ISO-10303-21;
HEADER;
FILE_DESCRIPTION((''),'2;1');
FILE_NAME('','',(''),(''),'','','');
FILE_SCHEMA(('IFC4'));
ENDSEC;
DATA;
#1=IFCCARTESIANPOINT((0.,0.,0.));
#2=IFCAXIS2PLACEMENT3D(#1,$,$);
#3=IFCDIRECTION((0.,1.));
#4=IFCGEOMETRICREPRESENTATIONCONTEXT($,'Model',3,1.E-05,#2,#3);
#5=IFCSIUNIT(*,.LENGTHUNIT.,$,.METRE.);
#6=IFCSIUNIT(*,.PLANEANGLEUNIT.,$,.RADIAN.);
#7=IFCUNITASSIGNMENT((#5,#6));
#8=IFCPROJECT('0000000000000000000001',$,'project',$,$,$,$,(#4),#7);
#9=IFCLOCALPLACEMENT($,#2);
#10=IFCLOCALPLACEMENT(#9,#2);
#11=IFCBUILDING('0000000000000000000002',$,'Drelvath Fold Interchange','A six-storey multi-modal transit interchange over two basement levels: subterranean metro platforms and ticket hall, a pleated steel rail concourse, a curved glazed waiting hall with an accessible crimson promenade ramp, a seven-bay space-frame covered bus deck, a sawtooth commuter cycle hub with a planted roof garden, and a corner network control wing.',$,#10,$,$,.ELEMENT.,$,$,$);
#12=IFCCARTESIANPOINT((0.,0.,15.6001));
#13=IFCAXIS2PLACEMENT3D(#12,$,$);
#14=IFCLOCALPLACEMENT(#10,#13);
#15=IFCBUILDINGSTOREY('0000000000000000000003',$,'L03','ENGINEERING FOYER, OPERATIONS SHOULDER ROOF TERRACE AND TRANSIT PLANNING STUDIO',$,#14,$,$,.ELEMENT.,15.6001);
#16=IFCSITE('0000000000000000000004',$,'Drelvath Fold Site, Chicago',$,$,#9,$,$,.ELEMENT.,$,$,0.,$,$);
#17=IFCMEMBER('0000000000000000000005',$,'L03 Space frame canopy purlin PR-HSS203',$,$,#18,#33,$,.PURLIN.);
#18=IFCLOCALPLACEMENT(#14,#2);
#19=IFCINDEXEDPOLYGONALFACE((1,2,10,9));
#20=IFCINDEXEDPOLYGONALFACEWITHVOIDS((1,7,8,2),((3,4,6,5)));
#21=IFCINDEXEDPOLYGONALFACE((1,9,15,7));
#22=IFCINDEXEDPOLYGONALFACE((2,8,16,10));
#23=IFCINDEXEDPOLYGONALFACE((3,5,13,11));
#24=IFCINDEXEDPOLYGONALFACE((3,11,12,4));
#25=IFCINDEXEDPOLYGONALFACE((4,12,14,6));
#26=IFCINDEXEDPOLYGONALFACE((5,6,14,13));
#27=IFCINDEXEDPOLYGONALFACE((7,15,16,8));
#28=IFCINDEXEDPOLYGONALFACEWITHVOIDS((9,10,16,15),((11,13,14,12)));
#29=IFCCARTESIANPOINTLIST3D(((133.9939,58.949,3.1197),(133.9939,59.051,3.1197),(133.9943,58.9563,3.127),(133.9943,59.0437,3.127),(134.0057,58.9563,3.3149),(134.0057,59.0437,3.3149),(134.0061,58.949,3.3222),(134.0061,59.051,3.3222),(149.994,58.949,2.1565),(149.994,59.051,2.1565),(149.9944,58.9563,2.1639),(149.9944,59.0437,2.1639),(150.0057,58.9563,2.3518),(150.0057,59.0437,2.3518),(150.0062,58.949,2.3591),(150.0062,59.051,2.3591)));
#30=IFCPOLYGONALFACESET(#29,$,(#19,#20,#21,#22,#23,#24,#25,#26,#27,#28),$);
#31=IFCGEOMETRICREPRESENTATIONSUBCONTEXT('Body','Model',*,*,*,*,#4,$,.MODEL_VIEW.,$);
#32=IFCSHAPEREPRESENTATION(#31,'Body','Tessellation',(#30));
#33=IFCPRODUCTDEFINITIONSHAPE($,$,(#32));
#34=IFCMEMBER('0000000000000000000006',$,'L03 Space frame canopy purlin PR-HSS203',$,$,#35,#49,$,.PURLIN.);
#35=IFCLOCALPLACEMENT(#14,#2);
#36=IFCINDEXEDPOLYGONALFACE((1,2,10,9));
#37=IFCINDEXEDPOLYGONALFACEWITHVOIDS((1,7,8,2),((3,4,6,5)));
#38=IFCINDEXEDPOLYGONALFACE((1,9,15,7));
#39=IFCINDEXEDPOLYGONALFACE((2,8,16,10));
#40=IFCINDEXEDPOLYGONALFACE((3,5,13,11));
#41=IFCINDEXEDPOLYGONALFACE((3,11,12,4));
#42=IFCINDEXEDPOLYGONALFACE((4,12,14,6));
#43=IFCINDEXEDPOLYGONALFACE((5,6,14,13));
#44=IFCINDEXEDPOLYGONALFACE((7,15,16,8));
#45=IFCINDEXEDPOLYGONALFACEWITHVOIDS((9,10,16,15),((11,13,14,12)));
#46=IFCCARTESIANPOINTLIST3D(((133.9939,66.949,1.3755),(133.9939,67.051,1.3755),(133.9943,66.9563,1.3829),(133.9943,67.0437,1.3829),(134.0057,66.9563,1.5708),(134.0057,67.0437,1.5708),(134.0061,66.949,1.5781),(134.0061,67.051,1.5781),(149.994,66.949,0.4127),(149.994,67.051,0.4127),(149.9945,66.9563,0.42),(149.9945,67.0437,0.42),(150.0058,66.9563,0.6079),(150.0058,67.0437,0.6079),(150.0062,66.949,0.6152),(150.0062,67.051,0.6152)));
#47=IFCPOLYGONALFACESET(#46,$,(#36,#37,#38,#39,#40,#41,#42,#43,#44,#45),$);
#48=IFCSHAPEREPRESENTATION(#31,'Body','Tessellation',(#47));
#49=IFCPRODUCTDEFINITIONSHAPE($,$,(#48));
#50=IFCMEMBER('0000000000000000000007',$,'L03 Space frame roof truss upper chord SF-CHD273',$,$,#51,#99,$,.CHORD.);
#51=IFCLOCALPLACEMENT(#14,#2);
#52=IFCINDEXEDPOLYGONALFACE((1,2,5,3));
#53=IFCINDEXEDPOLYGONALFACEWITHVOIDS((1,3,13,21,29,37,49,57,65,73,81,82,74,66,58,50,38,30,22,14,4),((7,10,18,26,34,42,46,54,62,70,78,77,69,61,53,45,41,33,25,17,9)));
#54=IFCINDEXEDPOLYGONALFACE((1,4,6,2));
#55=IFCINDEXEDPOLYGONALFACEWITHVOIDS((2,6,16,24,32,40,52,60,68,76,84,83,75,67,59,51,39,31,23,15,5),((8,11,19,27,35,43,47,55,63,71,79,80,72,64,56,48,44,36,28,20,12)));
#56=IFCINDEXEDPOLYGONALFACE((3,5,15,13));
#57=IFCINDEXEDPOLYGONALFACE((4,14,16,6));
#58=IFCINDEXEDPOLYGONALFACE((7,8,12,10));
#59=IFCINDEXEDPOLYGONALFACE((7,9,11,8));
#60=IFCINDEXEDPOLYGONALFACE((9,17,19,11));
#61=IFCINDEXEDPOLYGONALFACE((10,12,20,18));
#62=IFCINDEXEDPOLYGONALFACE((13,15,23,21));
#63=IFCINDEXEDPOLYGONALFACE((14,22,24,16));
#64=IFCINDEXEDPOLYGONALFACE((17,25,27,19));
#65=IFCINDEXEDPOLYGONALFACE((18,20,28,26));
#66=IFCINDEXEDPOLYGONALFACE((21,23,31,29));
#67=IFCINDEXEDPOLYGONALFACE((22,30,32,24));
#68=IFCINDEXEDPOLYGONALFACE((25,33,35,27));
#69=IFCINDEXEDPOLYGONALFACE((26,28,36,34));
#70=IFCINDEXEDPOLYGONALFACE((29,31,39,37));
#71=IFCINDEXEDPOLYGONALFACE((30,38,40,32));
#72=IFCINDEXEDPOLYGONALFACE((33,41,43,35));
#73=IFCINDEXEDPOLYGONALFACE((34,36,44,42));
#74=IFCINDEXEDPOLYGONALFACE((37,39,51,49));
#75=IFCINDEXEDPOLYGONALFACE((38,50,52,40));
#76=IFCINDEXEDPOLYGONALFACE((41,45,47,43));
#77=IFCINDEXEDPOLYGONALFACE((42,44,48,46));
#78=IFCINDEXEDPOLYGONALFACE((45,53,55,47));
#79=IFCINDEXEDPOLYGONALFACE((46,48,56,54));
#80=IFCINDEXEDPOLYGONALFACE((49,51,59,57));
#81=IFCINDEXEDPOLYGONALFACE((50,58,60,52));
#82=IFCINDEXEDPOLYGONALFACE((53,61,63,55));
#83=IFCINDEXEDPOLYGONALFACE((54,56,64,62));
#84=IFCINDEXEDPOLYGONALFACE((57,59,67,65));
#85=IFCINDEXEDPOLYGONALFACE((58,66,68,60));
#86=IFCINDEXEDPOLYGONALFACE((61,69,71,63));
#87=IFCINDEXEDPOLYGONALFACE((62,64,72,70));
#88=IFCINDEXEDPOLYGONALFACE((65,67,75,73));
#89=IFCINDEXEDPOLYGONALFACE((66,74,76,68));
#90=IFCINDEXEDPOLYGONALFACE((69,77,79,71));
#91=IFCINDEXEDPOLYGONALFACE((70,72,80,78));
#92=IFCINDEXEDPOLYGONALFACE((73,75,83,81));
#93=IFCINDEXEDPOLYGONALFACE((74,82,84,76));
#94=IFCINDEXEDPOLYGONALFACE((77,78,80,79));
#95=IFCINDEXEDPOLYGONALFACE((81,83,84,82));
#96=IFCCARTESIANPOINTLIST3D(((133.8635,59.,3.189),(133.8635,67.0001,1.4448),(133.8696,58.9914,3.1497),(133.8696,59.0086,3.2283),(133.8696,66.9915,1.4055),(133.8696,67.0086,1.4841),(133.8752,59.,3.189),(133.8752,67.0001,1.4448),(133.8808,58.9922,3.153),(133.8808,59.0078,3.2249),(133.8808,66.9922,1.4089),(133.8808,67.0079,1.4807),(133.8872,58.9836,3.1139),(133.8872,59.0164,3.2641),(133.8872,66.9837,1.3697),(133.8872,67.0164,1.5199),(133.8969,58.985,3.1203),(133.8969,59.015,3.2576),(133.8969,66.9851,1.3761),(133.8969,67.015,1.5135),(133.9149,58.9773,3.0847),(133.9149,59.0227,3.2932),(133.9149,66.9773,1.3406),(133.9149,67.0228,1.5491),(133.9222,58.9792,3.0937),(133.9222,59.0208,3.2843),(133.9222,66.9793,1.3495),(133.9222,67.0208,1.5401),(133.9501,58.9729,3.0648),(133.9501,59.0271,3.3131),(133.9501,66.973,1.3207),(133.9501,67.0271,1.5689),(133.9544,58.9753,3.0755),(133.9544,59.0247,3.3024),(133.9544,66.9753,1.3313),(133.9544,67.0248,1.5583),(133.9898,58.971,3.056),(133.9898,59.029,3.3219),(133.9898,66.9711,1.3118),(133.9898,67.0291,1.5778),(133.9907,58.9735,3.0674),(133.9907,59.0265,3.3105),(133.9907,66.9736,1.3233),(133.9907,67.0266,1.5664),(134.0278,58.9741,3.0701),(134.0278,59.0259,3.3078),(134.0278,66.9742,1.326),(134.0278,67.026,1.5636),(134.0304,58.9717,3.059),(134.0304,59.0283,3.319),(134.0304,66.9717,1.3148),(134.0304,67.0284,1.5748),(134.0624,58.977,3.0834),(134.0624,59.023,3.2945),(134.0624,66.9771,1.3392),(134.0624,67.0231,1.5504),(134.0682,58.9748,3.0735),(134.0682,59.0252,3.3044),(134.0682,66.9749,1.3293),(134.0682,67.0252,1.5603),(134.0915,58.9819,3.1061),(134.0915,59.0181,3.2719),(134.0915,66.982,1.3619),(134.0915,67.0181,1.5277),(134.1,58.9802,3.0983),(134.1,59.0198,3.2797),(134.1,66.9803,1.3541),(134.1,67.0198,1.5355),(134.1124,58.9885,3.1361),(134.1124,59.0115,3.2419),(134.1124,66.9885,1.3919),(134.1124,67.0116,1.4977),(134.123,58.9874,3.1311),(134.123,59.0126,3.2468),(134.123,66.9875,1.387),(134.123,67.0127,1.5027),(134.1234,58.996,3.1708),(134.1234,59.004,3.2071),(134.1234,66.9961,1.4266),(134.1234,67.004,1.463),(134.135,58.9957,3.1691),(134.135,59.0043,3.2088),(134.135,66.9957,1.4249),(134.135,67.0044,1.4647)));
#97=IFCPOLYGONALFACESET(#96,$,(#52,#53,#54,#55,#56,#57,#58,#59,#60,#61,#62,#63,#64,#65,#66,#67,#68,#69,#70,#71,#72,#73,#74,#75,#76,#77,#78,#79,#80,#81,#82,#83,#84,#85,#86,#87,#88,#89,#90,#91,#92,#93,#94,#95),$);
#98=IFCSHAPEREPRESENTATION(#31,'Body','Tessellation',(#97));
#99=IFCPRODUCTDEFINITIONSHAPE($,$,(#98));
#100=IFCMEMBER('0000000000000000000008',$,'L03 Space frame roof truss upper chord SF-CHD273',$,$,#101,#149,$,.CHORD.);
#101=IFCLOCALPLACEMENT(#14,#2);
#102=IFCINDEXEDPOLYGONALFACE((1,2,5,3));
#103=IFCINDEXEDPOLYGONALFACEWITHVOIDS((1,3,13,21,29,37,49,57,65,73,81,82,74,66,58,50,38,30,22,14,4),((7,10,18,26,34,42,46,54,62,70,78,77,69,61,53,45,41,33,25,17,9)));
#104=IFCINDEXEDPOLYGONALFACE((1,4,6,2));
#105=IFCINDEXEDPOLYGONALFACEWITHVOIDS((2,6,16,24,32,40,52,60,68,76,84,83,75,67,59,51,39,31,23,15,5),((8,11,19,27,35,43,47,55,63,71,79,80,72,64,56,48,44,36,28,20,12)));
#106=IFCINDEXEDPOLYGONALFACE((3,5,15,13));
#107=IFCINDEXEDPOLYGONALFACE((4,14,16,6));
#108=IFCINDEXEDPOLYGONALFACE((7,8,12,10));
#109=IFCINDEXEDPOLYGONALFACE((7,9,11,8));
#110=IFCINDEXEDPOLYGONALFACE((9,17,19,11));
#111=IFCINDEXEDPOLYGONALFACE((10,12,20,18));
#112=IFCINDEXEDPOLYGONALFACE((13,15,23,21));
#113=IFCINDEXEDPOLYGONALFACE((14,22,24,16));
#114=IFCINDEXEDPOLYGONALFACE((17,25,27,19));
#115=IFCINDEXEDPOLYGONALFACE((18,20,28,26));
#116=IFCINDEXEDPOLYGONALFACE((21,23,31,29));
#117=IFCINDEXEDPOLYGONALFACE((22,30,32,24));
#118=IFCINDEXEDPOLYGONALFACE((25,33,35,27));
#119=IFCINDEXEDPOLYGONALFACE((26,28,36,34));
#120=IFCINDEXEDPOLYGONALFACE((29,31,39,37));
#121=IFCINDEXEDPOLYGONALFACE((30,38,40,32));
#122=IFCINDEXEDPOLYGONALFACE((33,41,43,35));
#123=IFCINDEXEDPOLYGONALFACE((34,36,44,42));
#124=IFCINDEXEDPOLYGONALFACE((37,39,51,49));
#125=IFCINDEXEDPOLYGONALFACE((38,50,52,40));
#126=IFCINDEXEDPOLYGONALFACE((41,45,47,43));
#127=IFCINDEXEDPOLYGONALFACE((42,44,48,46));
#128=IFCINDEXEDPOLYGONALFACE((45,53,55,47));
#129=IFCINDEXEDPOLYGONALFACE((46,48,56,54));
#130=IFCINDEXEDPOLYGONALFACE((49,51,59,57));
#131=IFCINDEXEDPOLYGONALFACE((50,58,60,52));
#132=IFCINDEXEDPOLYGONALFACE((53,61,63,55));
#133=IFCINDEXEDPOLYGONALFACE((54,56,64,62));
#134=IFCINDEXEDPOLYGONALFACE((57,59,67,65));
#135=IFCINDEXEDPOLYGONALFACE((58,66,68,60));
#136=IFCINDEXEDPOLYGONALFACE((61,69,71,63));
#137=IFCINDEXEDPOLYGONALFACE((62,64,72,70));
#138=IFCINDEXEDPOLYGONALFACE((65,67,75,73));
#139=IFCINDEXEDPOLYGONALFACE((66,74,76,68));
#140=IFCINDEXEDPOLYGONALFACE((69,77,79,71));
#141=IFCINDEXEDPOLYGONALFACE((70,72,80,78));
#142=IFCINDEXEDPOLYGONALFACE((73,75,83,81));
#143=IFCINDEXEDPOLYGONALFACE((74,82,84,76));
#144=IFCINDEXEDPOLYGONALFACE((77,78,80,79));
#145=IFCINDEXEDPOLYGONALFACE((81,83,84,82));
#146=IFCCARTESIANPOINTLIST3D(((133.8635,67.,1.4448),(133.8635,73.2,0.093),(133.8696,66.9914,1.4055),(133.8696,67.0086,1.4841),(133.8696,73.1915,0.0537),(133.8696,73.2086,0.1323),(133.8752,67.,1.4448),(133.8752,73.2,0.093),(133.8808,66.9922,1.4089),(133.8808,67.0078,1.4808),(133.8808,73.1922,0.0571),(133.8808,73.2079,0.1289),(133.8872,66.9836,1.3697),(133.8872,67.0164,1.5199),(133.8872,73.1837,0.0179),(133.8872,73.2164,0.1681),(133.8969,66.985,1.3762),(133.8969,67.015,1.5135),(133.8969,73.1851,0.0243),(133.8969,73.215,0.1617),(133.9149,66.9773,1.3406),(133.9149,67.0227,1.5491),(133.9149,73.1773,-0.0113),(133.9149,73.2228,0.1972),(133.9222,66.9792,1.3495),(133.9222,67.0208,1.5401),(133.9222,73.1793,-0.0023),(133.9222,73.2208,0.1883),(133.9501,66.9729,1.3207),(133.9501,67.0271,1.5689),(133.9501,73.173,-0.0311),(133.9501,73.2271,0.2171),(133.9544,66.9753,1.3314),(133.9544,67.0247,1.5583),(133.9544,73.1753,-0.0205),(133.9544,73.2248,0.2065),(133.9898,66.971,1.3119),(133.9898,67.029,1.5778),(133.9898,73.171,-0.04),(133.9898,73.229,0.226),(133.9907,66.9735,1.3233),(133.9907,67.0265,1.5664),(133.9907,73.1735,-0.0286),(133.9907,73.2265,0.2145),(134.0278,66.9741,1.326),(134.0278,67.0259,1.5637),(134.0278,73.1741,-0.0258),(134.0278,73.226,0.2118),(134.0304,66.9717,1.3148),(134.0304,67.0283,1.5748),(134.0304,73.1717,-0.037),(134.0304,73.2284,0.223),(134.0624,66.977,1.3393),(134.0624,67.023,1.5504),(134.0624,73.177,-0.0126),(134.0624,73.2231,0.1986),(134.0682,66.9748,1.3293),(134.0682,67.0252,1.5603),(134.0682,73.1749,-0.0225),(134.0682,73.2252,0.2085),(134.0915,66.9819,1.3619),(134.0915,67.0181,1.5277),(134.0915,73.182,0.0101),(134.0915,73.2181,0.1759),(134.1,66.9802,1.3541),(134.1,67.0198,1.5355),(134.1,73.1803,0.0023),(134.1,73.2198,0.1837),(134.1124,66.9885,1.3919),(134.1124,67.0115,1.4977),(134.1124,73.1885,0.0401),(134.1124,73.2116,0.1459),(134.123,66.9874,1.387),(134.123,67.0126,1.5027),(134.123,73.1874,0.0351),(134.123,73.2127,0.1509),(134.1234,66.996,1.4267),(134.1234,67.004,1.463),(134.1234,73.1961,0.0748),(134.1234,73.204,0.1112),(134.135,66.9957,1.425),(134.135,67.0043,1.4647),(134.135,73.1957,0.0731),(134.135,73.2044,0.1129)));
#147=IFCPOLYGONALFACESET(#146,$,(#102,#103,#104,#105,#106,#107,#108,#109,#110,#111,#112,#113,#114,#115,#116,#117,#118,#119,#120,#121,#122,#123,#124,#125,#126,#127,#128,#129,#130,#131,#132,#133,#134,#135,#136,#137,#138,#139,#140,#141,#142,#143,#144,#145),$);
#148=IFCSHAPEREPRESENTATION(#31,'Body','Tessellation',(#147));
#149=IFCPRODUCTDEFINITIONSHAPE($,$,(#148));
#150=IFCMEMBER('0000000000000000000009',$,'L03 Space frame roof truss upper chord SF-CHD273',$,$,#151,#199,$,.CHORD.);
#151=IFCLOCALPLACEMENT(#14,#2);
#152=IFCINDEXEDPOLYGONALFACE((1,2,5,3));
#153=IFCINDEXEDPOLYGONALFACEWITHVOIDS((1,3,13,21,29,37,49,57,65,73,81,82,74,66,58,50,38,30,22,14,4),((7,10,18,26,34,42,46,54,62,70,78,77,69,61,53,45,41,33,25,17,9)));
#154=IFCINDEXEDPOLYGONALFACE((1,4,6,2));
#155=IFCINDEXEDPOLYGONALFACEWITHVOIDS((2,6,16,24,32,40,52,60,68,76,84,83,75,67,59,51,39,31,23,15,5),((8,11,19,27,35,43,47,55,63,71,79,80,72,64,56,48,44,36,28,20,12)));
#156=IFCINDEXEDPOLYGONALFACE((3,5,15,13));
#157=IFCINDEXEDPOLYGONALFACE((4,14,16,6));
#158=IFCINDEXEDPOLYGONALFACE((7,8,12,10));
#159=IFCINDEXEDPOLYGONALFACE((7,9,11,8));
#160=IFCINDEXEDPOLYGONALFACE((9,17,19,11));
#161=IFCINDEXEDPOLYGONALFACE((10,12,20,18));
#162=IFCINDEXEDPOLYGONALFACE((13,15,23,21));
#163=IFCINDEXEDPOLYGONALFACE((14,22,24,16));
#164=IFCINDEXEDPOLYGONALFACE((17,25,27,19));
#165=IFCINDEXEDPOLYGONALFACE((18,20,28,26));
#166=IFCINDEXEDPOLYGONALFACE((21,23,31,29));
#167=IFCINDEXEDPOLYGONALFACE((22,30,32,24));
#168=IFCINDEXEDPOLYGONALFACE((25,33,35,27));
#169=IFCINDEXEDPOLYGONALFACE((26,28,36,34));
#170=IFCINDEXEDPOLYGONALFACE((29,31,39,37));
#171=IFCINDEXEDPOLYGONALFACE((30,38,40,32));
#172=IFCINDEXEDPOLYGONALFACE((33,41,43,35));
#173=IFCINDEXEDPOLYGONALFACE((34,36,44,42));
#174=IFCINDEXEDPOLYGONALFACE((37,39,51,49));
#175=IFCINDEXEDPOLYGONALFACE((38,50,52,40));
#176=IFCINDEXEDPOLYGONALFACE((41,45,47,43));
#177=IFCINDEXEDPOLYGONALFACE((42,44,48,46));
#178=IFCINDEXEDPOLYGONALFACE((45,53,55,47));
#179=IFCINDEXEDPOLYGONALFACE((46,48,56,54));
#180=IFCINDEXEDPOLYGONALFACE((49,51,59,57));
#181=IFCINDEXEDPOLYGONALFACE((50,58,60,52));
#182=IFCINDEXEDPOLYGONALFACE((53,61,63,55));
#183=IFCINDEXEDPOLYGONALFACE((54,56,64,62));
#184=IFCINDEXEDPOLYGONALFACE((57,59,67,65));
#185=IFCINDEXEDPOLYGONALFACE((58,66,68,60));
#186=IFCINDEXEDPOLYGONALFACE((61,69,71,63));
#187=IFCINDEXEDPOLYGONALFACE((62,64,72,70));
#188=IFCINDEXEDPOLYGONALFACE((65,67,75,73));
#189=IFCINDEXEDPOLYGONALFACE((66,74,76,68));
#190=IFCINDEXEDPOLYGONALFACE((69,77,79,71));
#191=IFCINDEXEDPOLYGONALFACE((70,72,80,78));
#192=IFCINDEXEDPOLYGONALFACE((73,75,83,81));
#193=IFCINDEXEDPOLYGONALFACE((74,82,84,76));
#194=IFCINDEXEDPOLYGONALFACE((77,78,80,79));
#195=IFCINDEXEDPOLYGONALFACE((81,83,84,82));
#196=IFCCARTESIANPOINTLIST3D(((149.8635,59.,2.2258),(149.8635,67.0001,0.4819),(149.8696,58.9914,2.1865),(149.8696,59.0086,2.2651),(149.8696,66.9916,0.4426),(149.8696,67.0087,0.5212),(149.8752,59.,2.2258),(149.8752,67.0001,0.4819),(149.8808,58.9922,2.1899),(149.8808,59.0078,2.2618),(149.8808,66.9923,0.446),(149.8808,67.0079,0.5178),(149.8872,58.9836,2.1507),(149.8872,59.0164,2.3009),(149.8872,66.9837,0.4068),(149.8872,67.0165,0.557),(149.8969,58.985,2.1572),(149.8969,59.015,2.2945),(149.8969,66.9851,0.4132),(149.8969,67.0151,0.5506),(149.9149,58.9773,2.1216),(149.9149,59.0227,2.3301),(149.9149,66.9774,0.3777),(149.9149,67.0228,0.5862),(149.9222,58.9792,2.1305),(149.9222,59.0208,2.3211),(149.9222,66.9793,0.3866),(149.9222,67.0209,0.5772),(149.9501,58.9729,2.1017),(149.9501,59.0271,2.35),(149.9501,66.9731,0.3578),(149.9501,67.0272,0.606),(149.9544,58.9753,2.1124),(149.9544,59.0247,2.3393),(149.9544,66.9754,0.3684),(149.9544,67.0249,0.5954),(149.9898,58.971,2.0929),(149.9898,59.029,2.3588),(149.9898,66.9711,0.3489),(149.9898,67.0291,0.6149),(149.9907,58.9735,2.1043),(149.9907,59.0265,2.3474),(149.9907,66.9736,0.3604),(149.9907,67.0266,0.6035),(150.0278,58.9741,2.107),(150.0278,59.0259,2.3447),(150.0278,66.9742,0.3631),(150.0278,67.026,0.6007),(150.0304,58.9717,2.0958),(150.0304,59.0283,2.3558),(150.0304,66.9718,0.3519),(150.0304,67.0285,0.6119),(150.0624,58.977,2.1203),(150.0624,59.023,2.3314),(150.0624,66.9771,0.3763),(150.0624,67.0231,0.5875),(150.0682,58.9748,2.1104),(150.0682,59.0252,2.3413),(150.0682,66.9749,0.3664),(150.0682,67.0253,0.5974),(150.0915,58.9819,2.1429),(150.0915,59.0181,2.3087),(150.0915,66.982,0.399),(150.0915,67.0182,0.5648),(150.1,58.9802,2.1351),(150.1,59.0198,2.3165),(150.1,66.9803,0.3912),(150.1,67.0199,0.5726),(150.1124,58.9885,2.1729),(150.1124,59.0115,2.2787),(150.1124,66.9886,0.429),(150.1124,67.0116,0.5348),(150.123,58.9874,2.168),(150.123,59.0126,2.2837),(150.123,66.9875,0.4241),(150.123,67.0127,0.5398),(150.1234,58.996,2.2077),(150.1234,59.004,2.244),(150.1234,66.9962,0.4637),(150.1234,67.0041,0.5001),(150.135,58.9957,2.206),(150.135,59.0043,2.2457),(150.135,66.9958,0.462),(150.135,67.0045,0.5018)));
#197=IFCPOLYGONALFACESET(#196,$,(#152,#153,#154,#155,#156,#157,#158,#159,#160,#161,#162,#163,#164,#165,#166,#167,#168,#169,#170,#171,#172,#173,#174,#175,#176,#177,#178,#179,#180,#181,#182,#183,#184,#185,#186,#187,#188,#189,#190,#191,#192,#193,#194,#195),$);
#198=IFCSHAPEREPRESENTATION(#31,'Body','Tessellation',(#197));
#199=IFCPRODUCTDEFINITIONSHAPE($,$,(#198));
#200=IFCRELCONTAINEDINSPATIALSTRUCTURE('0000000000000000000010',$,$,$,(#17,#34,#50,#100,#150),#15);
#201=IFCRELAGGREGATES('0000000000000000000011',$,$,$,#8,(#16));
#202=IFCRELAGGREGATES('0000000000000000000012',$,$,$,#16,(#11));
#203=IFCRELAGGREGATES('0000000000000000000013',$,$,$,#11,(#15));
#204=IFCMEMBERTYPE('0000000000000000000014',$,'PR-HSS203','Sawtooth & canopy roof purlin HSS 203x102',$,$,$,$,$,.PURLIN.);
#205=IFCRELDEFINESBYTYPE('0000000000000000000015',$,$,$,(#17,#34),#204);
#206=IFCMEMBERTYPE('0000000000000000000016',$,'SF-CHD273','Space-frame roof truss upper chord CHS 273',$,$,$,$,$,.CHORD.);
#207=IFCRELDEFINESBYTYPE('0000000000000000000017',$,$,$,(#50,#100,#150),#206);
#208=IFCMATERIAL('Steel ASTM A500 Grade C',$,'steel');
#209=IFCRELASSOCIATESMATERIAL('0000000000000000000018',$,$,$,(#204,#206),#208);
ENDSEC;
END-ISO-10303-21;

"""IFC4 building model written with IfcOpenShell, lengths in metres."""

from ifc_helpers import new_model, si_unit, direction, frame, origin, origin_2d, place, context, subcontext, project, spatial, hollow_rectangle, hollow_circle, extrude, material, material_profile, profile_set, type_object, element, save


model = new_model("IFC4")

# Units and contexts
model_context = context("Model", 3, precision=1e-05, world=origin(), true_north=direction((0.0, 1.0)))
body_context = subcontext(model_context, "Body", "Model", "MODEL_VIEW")
ifc_project = project(units=[si_unit("LENGTHUNIT", "METRE"), si_unit("PLANEANGLEUNIT", "RADIAN")], contexts=[model_context])

# Site, building, storey
site_placement = place(None, origin())
site = spatial("IfcSite", under=ifc_project, at=site_placement, Name="Drelvath Fold Site, Chicago", CompositionType="ELEMENT", RefElevation=0.0)
building_placement = place(site_placement, origin())
building = spatial("IfcBuilding", under=site, at=building_placement, Name="Drelvath Fold Interchange", Description="A six-storey multi-modal transit interchange over two basement levels: subterranean metro platforms and ticket hall, a pleated steel rail concourse, a curved glazed waiting hall with an accessible crimson promenade ramp, a seven-bay space-frame covered bus deck, a sawtooth commuter cycle hub with a planted roof garden, and a corner network control wing.", CompositionType="ELEMENT")
storey_placement = place(building_placement, frame((0.0, 0.0, 15.6001)))
storey = spatial("IfcBuildingStorey", under=building, at=storey_placement, Name="L03", Description="ENGINEERING FOYER, OPERATIONS SHOULDER ROOF TERRACE AND TRANSIT PLANNING STUDIO", CompositionType="ELEMENT", Elevation=15.6001)

# Members
ifc_material_1 = material(Name="Steel ASTM A500 Grade C", Category="steel")
ifc_material_profile_1 = material_profile(ifc_material_1, hollow_rectangle(XDim=0.1021, YDim=0.2029, WallThickness=0.0073, at=origin_2d()), Name="HSS8X4X5/16")
ifc_profile_set_1 = profile_set([ifc_material_profile_1], Name="Steel ASTM A500 Grade C")
member_type_1 = type_object("IfcMemberType", Name="PR-HSS203", Description="Sawtooth & canopy roof purlin HSS 203x102", PredefinedType="PURLIN", material=ifc_profile_set_1)
for number, where, z_axis, x_axis, name in (
    (1, (134.0, 59.0, 3.2209), (0.998193, 0.0, -0.060087), (0.0, 1.0, 0.0), "L03 Space frame canopy purlin PR-HSS203"),
    (2, (134.0, 67.0, 1.4768), (0.998194, 0.0, -0.060072), (0.0, 1.0, 0.0), "L03 Space frame canopy purlin PR-HSS203"),
):
    element("IfcMember", number, at=place(storey_placement, frame(where, z_axis=z_axis, x_axis=x_axis)), inside=storey, type_object=member_type_1, Name=name, PredefinedType="PURLIN", context=body_context, shape_type="SweptSolid", body=[
        extrude(hollow_rectangle(XDim=0.1021, YDim=0.2029, WallThickness=0.0073, at=origin_2d()), origin(), (0.0, 0.0, 1.0), 16.0291),
    ])
ifc_material_profile_2 = material_profile(ifc_material_1, hollow_circle(Radius=0.1365, WallThickness=0.0117, at=origin_2d()), Name="HSS10.750X0.500")
ifc_profile_set_2 = profile_set([ifc_material_profile_2], Name="Steel ASTM A500 Grade C")
member_type_2 = type_object("IfcMemberType", Name="SF-CHD273", Description="Space-frame roof truss upper chord CHS 273", PredefinedType="CHORD", material=ifc_profile_set_2)
member_1_placement = place(storey_placement, frame((134.0, 59.0, 3.189), z_axis=(0.0, 0.977049, -0.213014), x_axis=(-1.0, 0.0, 0.0)))
element("IfcMember", 3, at=member_1_placement, inside=storey, type_object=member_type_2, Name="L03 Space frame roof truss upper chord SF-CHD273", PredefinedType="CHORD", context=body_context, shape_type="SweptSolid", body=[
    extrude(hollow_circle(Radius=0.1365, WallThickness=0.0117, at=origin_2d()), origin(), (0.0, 0.0, 1.0), 8.188),
])
member_2_placement = place(storey_placement, frame((134.0, 67.0, 1.4448), z_axis=(0.0, 0.977046, -0.21303), x_axis=(-1.0, 0.0, 0.0)))
element("IfcMember", 4, at=member_2_placement, inside=storey, type_object=member_type_2, Name="L03 Space frame roof truss upper chord SF-CHD273", PredefinedType="CHORD", context=body_context, shape_type="SweptSolid", body=[
    extrude(hollow_circle(Radius=0.1365, WallThickness=0.0117, at=origin_2d()), origin(), (0.0, 0.0, 1.0), 6.3457),
])
member_3_placement = place(storey_placement, frame((150.0, 59.0, 2.2258), z_axis=(0.0, 0.977055, -0.212985), x_axis=(-1.0, 0.0, 0.0)))
element("IfcMember", 5, at=member_3_placement, inside=storey, type_object=member_type_2, Name="L03 Space frame roof truss upper chord SF-CHD273", PredefinedType="CHORD", context=body_context, shape_type="SweptSolid", body=[
    extrude(hollow_circle(Radius=0.1365, WallThickness=0.0117, at=origin_2d()), origin(), (0.0, 0.0, 1.0), 8.188),
])

save(model, "model.ifc")
